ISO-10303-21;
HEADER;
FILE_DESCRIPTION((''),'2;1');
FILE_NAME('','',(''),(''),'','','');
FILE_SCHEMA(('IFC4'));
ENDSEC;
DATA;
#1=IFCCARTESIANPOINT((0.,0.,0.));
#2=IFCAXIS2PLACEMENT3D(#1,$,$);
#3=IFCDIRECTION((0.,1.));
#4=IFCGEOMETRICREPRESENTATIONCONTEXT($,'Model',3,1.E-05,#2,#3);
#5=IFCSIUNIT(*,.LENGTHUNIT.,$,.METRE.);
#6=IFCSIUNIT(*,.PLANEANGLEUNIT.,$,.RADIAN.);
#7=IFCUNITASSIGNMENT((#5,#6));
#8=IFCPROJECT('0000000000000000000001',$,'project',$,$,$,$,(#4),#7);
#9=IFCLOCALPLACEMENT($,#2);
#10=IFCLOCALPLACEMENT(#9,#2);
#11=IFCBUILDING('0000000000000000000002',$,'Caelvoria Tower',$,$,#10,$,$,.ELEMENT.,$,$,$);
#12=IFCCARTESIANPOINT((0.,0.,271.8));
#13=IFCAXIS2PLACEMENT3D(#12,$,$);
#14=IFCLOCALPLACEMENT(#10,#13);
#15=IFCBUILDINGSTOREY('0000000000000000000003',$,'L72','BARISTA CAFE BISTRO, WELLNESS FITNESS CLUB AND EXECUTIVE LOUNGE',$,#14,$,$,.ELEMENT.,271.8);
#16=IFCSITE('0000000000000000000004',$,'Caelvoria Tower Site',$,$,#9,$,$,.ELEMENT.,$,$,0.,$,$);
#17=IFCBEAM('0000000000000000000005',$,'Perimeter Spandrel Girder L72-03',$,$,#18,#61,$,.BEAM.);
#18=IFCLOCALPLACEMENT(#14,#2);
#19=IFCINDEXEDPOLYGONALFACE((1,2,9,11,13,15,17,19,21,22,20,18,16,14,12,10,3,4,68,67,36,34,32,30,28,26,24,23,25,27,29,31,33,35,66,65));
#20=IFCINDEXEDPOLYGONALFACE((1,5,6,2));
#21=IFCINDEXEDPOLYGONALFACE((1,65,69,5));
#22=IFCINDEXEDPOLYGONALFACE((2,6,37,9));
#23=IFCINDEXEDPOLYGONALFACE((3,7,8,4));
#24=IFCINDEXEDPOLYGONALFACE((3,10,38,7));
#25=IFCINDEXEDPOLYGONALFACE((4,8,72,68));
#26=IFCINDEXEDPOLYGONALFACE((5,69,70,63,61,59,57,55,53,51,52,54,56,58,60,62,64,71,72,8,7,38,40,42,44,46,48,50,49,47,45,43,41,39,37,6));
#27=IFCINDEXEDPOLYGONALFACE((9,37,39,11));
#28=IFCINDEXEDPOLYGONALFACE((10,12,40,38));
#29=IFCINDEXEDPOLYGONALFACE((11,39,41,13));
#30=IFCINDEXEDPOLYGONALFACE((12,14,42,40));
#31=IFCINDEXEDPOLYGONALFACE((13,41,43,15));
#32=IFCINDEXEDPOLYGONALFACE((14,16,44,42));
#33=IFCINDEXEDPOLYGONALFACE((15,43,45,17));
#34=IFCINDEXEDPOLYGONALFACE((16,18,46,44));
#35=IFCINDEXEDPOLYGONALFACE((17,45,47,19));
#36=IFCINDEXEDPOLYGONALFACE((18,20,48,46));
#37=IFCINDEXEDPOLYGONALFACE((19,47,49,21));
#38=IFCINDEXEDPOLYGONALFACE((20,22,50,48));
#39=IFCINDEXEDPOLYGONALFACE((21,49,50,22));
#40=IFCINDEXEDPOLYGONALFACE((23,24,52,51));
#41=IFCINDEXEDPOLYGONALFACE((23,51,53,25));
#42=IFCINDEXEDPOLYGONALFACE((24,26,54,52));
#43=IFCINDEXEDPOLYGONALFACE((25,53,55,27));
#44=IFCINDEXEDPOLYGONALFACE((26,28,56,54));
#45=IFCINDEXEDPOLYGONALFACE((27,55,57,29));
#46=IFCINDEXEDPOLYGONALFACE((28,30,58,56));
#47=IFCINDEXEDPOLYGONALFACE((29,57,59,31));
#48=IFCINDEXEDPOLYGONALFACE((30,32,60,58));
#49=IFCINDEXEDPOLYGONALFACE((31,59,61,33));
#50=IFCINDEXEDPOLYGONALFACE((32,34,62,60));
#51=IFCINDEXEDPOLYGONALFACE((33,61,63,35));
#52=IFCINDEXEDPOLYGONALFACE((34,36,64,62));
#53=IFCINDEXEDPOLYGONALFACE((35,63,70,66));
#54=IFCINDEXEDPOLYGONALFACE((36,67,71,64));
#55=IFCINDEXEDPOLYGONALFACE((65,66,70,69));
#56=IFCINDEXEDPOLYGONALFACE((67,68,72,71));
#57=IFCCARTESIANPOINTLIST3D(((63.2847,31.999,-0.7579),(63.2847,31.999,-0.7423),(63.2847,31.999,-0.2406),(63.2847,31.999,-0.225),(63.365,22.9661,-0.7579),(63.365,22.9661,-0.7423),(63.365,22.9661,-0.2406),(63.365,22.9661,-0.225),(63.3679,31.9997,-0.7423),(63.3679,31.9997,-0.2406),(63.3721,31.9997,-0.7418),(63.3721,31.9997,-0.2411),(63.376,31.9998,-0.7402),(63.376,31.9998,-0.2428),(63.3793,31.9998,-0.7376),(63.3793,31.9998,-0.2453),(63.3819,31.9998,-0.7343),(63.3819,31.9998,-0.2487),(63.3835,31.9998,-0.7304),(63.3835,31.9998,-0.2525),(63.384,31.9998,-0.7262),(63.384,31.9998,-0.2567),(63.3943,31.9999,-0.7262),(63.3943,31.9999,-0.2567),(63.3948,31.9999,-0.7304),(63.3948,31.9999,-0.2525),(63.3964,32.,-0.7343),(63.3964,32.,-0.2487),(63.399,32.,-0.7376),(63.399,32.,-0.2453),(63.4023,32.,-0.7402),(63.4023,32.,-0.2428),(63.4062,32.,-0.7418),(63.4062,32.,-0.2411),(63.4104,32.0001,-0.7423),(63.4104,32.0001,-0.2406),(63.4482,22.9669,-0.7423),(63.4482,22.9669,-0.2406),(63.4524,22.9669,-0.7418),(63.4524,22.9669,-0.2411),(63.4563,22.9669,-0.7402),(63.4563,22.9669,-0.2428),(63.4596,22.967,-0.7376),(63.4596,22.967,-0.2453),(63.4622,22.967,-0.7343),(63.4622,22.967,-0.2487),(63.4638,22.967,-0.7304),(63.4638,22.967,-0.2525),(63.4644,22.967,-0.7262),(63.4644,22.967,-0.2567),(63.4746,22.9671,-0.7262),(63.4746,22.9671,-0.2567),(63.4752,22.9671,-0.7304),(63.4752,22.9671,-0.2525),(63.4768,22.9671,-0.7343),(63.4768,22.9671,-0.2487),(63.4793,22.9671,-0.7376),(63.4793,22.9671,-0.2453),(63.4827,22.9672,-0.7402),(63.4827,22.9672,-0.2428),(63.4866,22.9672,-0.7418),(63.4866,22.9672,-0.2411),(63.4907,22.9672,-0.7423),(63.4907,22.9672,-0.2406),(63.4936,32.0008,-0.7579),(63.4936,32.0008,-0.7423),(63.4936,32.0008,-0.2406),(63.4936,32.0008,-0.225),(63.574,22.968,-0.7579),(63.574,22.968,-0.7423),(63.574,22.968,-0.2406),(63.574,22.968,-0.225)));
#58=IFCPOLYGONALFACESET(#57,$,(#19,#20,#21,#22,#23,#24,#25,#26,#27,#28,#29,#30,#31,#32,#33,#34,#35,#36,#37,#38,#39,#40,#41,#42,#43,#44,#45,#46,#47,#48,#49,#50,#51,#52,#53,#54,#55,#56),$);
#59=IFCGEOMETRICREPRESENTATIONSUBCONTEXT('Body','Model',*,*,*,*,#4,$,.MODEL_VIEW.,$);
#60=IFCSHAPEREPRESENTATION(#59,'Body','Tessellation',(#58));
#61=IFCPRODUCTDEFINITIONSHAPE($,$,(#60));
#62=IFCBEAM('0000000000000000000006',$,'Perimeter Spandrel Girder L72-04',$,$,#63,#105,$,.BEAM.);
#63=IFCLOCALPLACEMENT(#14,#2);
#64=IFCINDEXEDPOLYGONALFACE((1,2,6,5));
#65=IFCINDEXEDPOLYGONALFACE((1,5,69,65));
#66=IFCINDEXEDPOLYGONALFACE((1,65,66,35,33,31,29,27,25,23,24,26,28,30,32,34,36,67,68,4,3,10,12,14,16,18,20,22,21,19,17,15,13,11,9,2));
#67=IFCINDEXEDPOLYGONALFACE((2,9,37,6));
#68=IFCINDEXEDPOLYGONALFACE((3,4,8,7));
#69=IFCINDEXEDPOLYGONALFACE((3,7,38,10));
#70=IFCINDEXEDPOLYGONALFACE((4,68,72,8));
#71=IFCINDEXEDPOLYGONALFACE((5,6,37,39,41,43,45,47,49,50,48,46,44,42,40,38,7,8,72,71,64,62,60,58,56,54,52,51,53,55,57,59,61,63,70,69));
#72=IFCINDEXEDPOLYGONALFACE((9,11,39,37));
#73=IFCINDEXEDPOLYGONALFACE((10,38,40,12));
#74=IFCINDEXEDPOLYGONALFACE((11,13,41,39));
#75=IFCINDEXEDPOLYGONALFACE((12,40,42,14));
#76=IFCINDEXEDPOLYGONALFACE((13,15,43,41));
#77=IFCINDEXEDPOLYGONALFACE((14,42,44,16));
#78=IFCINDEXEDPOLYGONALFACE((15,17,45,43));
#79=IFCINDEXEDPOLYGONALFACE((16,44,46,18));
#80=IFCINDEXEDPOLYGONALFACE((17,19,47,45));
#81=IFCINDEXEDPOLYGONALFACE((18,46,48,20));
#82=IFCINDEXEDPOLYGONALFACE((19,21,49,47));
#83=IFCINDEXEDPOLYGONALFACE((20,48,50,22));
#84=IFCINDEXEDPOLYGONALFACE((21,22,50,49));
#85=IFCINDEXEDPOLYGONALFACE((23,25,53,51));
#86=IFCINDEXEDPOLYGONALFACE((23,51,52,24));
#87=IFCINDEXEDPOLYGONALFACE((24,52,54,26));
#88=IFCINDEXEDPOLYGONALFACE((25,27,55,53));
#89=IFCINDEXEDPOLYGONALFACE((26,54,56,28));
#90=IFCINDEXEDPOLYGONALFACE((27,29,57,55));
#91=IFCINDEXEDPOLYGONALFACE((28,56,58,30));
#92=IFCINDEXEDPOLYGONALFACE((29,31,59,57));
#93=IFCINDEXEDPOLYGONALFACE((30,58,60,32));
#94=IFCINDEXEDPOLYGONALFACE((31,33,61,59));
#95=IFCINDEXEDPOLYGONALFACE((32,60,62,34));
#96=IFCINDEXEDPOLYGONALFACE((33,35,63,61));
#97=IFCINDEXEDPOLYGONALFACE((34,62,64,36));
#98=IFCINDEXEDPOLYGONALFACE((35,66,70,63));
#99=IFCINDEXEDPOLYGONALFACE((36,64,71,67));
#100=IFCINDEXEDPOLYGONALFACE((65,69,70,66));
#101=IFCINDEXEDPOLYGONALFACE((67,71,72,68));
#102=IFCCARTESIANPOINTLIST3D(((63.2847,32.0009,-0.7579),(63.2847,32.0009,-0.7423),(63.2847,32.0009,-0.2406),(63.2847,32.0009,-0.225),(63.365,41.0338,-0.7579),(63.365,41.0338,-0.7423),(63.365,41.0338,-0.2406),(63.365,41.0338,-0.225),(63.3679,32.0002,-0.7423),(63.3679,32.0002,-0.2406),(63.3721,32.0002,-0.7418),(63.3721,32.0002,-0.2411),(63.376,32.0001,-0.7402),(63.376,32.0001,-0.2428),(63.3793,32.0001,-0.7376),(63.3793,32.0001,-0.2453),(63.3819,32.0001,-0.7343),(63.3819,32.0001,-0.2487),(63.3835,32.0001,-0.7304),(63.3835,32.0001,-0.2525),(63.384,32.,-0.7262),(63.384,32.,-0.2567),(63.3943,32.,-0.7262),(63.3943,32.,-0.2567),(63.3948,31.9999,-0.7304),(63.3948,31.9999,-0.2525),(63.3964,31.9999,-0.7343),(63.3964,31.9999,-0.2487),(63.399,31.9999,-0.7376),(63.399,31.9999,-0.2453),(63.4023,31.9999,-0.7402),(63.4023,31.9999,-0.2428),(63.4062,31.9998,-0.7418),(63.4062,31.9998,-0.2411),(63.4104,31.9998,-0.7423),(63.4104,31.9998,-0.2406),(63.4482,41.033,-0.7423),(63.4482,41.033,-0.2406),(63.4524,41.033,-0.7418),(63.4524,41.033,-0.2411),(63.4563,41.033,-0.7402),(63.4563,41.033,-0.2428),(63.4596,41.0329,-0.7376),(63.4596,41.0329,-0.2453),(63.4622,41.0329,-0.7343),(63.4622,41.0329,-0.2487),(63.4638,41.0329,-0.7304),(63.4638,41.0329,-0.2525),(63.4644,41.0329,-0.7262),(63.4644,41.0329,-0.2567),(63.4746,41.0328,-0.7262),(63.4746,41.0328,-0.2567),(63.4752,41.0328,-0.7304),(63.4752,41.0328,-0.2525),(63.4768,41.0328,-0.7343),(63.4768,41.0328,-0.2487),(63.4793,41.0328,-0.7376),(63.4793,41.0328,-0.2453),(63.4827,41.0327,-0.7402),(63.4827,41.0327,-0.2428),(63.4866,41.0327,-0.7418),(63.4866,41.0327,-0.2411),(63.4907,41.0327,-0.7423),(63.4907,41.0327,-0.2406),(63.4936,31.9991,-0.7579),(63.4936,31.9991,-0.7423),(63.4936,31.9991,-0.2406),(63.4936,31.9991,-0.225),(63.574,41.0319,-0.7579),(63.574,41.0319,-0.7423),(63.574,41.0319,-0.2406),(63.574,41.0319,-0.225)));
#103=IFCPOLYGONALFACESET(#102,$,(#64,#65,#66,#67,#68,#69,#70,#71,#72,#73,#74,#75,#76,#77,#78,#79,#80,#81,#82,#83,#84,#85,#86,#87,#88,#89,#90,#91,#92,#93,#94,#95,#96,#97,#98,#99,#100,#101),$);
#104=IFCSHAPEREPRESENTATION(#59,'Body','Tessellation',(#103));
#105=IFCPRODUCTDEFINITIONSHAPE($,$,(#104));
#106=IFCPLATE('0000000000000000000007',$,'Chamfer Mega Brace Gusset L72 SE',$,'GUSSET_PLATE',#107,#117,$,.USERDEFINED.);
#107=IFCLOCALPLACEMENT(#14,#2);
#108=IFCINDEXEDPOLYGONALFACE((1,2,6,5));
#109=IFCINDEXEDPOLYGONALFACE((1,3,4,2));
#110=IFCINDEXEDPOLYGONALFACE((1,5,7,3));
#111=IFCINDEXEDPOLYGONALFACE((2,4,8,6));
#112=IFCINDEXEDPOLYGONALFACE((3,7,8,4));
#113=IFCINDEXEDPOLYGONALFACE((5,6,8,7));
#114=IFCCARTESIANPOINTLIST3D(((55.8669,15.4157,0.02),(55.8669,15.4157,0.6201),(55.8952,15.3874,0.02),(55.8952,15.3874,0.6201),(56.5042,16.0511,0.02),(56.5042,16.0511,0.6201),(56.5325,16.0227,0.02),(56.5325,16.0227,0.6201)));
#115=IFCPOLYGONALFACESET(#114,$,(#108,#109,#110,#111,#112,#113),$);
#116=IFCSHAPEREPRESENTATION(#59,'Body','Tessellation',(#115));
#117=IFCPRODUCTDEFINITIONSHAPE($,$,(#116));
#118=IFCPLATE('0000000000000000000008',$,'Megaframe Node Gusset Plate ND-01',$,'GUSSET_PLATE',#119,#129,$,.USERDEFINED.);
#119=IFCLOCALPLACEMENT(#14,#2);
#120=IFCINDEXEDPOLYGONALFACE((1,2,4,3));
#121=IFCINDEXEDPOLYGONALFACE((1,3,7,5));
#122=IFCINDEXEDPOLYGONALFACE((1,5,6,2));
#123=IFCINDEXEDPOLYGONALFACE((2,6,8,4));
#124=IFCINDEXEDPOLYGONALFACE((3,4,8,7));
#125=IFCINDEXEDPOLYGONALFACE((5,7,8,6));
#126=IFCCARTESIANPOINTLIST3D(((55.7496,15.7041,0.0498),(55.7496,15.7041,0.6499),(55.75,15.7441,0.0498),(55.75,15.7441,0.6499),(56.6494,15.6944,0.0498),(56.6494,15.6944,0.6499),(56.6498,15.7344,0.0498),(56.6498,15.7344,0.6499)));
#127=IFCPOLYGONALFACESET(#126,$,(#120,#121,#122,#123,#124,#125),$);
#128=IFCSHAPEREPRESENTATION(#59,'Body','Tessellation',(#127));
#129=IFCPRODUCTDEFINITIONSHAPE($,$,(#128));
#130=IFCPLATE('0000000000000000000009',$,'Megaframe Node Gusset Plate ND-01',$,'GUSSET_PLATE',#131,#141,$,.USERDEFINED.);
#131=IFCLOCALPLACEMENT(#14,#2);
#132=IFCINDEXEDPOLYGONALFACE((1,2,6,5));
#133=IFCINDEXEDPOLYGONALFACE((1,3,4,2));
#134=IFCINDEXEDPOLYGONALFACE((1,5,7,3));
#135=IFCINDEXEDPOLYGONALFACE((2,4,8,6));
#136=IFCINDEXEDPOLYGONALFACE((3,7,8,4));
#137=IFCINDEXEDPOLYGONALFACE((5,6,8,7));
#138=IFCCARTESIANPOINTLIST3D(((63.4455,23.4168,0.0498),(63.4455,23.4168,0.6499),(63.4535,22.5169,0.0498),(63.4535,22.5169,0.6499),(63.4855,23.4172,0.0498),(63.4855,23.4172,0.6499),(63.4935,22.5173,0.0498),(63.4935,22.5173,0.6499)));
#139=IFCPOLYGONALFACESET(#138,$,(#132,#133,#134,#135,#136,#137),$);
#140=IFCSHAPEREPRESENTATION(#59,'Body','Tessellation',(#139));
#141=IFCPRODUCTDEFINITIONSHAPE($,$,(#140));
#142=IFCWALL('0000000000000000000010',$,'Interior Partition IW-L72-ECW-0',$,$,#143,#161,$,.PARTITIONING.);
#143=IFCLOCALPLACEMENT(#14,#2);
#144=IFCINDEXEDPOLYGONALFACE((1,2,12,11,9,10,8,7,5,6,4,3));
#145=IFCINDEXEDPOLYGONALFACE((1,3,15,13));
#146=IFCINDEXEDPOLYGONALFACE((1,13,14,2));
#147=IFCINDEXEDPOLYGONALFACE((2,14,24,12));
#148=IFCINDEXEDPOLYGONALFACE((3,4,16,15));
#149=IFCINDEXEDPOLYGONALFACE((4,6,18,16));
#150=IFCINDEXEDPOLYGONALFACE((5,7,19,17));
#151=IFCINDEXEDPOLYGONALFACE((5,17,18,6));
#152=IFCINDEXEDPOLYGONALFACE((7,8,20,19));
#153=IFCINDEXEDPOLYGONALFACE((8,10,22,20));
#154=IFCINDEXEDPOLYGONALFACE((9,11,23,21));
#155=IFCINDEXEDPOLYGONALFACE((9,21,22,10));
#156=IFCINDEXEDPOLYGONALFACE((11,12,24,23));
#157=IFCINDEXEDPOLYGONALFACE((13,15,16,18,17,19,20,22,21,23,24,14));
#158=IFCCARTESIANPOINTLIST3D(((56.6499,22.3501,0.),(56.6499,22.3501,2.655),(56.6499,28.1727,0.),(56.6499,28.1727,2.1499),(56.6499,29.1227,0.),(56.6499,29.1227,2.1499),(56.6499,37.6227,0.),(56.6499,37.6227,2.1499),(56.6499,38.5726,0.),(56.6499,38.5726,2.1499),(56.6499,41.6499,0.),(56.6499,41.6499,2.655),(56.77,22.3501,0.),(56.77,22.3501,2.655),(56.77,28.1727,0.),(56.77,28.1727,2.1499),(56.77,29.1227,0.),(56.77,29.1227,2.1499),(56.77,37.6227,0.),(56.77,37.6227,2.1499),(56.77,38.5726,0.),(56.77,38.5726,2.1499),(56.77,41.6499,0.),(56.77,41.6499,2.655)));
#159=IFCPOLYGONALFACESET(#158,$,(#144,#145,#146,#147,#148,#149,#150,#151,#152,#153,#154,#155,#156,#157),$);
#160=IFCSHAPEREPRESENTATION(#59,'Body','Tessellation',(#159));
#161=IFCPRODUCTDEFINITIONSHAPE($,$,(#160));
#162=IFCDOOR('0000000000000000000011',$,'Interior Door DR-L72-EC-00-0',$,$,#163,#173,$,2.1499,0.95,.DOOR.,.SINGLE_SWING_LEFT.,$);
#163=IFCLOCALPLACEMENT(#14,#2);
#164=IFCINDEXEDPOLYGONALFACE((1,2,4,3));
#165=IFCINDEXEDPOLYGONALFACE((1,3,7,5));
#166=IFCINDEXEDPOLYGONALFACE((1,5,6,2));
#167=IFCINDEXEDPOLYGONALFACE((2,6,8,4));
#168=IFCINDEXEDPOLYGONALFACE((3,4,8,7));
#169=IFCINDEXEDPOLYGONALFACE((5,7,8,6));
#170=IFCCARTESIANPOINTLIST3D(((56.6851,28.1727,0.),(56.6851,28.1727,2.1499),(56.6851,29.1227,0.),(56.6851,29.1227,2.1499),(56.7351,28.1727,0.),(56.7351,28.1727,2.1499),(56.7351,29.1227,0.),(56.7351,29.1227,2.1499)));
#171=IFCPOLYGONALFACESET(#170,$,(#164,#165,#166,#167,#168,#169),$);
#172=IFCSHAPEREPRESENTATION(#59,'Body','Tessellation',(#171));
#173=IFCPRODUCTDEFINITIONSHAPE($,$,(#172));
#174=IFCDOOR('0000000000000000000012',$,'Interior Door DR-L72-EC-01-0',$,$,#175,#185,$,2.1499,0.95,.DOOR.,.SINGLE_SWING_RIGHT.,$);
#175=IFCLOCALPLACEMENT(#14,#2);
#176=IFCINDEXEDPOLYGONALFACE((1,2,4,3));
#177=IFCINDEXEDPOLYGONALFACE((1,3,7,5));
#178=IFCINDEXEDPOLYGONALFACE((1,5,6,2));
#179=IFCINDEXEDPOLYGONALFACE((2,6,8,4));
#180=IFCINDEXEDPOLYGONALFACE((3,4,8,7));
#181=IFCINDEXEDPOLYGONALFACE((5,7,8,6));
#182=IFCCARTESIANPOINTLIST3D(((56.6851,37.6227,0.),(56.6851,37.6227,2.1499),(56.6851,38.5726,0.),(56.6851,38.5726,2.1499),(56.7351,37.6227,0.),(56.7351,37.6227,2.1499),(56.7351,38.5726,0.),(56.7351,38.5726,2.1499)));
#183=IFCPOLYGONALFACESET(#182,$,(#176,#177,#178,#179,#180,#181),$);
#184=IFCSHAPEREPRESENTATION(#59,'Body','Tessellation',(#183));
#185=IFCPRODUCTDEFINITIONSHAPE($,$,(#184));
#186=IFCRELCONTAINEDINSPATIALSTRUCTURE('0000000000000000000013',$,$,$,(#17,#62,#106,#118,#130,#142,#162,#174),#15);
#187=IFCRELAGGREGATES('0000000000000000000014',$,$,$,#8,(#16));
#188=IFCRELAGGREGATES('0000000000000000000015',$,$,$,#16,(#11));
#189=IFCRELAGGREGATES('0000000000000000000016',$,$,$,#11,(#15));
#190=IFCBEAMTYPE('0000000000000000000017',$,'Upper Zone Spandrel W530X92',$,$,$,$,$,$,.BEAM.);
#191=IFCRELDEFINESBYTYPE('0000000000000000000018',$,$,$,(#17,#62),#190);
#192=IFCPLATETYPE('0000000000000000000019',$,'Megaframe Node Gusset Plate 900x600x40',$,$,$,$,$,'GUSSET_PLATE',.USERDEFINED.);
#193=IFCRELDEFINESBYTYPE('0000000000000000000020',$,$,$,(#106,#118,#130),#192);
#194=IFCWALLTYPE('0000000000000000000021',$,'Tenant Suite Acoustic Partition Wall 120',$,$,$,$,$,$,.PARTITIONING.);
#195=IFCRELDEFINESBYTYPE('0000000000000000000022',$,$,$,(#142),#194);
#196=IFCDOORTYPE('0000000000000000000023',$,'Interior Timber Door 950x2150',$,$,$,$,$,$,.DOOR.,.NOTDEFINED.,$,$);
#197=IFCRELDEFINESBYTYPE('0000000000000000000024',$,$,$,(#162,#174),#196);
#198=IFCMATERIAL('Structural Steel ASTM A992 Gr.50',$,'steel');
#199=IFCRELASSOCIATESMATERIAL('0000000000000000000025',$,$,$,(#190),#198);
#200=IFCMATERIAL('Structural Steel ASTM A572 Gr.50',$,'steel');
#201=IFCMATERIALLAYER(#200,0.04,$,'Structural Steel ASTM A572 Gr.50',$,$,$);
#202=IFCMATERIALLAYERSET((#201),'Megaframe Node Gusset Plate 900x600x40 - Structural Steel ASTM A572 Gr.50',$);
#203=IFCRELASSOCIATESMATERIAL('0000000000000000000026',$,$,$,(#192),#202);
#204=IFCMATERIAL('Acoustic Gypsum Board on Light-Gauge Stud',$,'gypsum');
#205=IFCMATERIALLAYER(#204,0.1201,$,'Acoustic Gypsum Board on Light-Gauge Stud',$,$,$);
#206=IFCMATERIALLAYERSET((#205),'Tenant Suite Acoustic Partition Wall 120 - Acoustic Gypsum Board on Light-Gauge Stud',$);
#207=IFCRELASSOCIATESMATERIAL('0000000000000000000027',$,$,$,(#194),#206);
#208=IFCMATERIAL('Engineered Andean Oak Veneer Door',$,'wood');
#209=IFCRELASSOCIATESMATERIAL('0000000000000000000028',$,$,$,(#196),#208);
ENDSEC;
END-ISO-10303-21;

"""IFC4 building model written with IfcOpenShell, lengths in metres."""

from ifc_helpers import new_model, si_unit, direction, frame, frame_2d, origin, origin_2d, place, context, subcontext, project, spatial, rectangle, i_section, extrude, material, layer, layer_set, material_profile, profile_set, type_object, element, fill, save


model = new_model("IFC4")

# Units and contexts
model_context = context("Model", 3, precision=1e-05, world=origin(), true_north=direction((0.0, 1.0)))
body_context = subcontext(model_context, "Body", "Model", "MODEL_VIEW")
ifc_project = project(units=[si_unit("LENGTHUNIT", "METRE"), si_unit("PLANEANGLEUNIT", "RADIAN")], contexts=[model_context])

# Site, building, storey
site_placement = place(None, origin())
site = spatial("IfcSite", under=ifc_project, at=site_placement, Name="Caelvoria Tower Site", CompositionType="ELEMENT", RefElevation=0.0)
building_placement = place(site_placement, origin())
building = spatial("IfcBuilding", under=site, at=building_placement, Name="Caelvoria Tower", CompositionType="ELEMENT")
storey_placement = place(building_placement, frame((0.0, 0.0, 271.8)))
storey = spatial("IfcBuildingStorey", under=building, at=storey_placement, Name="L72", Description="BARISTA CAFE BISTRO, WELLNESS FITNESS CLUB AND EXECUTIVE LOUNGE", CompositionType="ELEMENT", Elevation=271.8)

# Shared definitions
ifc_material_1 = material(Name="Structural Steel ASTM A572 Gr.50", Category="steel")
ifc_material_2 = material(Name="Structural Steel ASTM A992 Gr.50", Category="steel")

# Beams
ifc_material_profile_1 = material_profile(ifc_material_2, i_section(OverallWidth=0.209, OverallDepth=0.533, WebThickness=0.0103, FlangeThickness=0.0156, FilletRadius=0.0161, at=origin_2d()), Name="Structural Steel ASTM A992 Gr.50")
ifc_profile_set_1 = profile_set([ifc_material_profile_1], Name="W530X92 - Structural Steel ASTM A992 Gr.50")
beam_type_1 = type_object("IfcBeamType", Name="Upper Zone Spandrel W530X92", PredefinedType="BEAM", material=ifc_profile_set_1)
for number, where, z_axis, x_axis, name in (
    (1, (63.4695, 22.967, -0.4915), (-0.008892, 0.99996, 0.0), (-0.99996, -0.008892, 0.0), "Perimeter Spandrel Girder L72-03"),
    (2, (63.3892, 32.0, -0.4915), (0.008892, 0.99996, 0.0), (-0.99996, 0.008892, 0.0), "Perimeter Spandrel Girder L72-04"),
):
    element("IfcBeam", number, at=place(storey_placement, frame(where, z_axis=z_axis, x_axis=x_axis)), inside=storey, type_object=beam_type_1, Name=name, PredefinedType="BEAM", context=body_context, shape_type="SweptSolid", body=[
        extrude(i_section(OverallWidth=0.209, OverallDepth=0.533, WebThickness=0.0103, FlangeThickness=0.0156, FilletRadius=0.0161, at=origin_2d()), origin(), (0.0, 0.0, 1.0), 9.0332),
    ])

# Plates
ifc_layer_1 = layer(ifc_material_1, 0.04, Name="Structural Steel ASTM A572 Gr.50")
ifc_layer_set_1 = layer_set([ifc_layer_1], Name="Megaframe Node Gusset Plate 900x600x40 - Structural Steel ASTM A572 Gr.50")
plate_type = type_object("IfcPlateType", Name="Megaframe Node Gusset Plate 900x600x40", ElementType="GUSSET_PLATE", PredefinedType="USERDEFINED", material=ifc_layer_set_1)
for number, where, z_axis, x_axis, name in (
    (3, (56.1997, 15.7192, 0.02), (0.0, 0.0, 1.0), (0.708182, 0.70603, 0.0), "Chamfer Mega Brace Gusset L72 SE"),
    (4, (56.1997, 15.7192, 0.0498), (0.0, 0.0, 1.0), (-0.999942, 0.010765, 0.0), "Megaframe Node Gusset Plate ND-01"),
    (5, (63.4695, 22.967, 0.0498), (0.0, 0.0, 1.0), (-0.008901, 0.99996, 0.0), "Megaframe Node Gusset Plate ND-01"),
):
    element("IfcPlate", number, at=place(storey_placement, frame(where, z_axis=z_axis, x_axis=x_axis)), inside=storey, type_object=plate_type, Name=name, ObjectType="GUSSET_PLATE", PredefinedType="USERDEFINED", context=body_context, shape_type="SweptSolid", body=[
        extrude(rectangle(XDim=0.8999, YDim=0.04, at=origin_2d()), origin(), (0.0, 0.0, 1.0), 0.6001),
    ])

# Wall, openings, doors
ifc_material_3 = material(Name="Acoustic Gypsum Board on Light-Gauge Stud", Category="gypsum")
ifc_layer_2 = layer(ifc_material_3, 0.1201, Name="Acoustic Gypsum Board on Light-Gauge Stud")
ifc_layer_set_2 = layer_set([ifc_layer_2], Name="Tenant Suite Acoustic Partition Wall 120 - Acoustic Gypsum Board on Light-Gauge Stud")
wall_type_1 = type_object("IfcWallType", Name="Tenant Suite Acoustic Partition Wall 120", PredefinedType="PARTITIONING", material=ifc_layer_set_2)
wall_1_placement = place(storey_placement, frame((56.71, 22.3501, 0.0), z_axis=(0.0, 0.0, 1.0), x_axis=(0.0, 1.0, 0.0)))
wall_1 = element("IfcWall", 6, at=wall_1_placement, inside=storey, type_object=wall_type_1, Name="Interior Partition IW-L72-ECW-0", PredefinedType="PARTITIONING", context=body_context, shape_type="SweptSolid", body=[
    extrude(rectangle(XDim=19.2998, YDim=0.1201, at=frame_2d((9.6499, 0.0))), origin(), (0.0, 0.0, 1.0), 2.655),
])
opening_1_placement = place(wall_1_placement, frame((5.8225, 0.0, 0.0)))
opening_1 = element("IfcOpeningElement", 7, at=opening_1_placement, cuts=wall_1, PredefinedType="OPENING", context=body_context, shape_type="SweptSolid", body=[
    extrude(rectangle(XDim=0.95, YDim=2.1499, at=frame_2d((0.4751, 1.075))), frame((0.0, 0.0701, 0.0), z_axis=(0.0, -1.0, 0.0), x_axis=(1.0, 0.0, 0.0)), (0.0, 0.0, 1.0), 0.1401),
])
opening_2_placement = place(wall_1_placement, frame((15.2725, 0.0, 0.0)))
opening_2 = element("IfcOpeningElement", 8, at=opening_2_placement, cuts=wall_1, PredefinedType="OPENING", context=body_context, shape_type="SweptSolid", body=[
    extrude(rectangle(XDim=0.95, YDim=2.1499, at=frame_2d((0.4751, 1.075))), frame((0.0, 0.0701, 0.0), z_axis=(0.0, -1.0, 0.0), x_axis=(1.0, 0.0, 0.0)), (0.0, 0.0, 1.0), 0.1401),
])
ifc_material_4 = material(Name="Engineered Andean Oak Veneer Door", Category="wood")
door_type = type_object("IfcDoorType", Name="Interior Timber Door 950x2150", OperationType="NOTDEFINED", PredefinedType="DOOR", material=ifc_material_4)
door_1_placement = place(opening_1_placement, origin())
door_1 = element("IfcDoor", 9, at=door_1_placement, inside=storey, type_object=door_type, Name="Interior Door DR-L72-EC-00-0", OperationType="SINGLE_SWING_LEFT", OverallHeight=2.1499, OverallWidth=0.95, PredefinedType="DOOR", context=body_context, shape_type="SweptSolid", body=[
    extrude(rectangle(XDim=0.95, YDim=2.1499, at=frame_2d((0.4751, 1.075))), frame((0.0, 0.0249, 0.0), z_axis=(0.0, -1.0, 0.0), x_axis=(1.0, 0.0, 0.0)), (0.0, 0.0, 1.0), 0.05),
])
fill(opening_1, door_1)
door_2_placement = place(opening_2_placement, origin())
door_2 = element("IfcDoor", 10, at=door_2_placement, inside=storey, type_object=door_type, Name="Interior Door DR-L72-EC-01-0", OperationType="SINGLE_SWING_RIGHT", OverallHeight=2.1499, OverallWidth=0.95, PredefinedType="DOOR", context=body_context, shape_type="SweptSolid", body=[
    extrude(rectangle(XDim=0.95, YDim=2.1499, at=frame_2d((0.4751, 1.075))), frame((0.0, 0.0249, 0.0), z_axis=(0.0, -1.0, 0.0), x_axis=(1.0, 0.0, 0.0)), (0.0, 0.0, 1.0), 0.05),
])
fill(opening_2, door_2)

save(model, "model.ifc")
